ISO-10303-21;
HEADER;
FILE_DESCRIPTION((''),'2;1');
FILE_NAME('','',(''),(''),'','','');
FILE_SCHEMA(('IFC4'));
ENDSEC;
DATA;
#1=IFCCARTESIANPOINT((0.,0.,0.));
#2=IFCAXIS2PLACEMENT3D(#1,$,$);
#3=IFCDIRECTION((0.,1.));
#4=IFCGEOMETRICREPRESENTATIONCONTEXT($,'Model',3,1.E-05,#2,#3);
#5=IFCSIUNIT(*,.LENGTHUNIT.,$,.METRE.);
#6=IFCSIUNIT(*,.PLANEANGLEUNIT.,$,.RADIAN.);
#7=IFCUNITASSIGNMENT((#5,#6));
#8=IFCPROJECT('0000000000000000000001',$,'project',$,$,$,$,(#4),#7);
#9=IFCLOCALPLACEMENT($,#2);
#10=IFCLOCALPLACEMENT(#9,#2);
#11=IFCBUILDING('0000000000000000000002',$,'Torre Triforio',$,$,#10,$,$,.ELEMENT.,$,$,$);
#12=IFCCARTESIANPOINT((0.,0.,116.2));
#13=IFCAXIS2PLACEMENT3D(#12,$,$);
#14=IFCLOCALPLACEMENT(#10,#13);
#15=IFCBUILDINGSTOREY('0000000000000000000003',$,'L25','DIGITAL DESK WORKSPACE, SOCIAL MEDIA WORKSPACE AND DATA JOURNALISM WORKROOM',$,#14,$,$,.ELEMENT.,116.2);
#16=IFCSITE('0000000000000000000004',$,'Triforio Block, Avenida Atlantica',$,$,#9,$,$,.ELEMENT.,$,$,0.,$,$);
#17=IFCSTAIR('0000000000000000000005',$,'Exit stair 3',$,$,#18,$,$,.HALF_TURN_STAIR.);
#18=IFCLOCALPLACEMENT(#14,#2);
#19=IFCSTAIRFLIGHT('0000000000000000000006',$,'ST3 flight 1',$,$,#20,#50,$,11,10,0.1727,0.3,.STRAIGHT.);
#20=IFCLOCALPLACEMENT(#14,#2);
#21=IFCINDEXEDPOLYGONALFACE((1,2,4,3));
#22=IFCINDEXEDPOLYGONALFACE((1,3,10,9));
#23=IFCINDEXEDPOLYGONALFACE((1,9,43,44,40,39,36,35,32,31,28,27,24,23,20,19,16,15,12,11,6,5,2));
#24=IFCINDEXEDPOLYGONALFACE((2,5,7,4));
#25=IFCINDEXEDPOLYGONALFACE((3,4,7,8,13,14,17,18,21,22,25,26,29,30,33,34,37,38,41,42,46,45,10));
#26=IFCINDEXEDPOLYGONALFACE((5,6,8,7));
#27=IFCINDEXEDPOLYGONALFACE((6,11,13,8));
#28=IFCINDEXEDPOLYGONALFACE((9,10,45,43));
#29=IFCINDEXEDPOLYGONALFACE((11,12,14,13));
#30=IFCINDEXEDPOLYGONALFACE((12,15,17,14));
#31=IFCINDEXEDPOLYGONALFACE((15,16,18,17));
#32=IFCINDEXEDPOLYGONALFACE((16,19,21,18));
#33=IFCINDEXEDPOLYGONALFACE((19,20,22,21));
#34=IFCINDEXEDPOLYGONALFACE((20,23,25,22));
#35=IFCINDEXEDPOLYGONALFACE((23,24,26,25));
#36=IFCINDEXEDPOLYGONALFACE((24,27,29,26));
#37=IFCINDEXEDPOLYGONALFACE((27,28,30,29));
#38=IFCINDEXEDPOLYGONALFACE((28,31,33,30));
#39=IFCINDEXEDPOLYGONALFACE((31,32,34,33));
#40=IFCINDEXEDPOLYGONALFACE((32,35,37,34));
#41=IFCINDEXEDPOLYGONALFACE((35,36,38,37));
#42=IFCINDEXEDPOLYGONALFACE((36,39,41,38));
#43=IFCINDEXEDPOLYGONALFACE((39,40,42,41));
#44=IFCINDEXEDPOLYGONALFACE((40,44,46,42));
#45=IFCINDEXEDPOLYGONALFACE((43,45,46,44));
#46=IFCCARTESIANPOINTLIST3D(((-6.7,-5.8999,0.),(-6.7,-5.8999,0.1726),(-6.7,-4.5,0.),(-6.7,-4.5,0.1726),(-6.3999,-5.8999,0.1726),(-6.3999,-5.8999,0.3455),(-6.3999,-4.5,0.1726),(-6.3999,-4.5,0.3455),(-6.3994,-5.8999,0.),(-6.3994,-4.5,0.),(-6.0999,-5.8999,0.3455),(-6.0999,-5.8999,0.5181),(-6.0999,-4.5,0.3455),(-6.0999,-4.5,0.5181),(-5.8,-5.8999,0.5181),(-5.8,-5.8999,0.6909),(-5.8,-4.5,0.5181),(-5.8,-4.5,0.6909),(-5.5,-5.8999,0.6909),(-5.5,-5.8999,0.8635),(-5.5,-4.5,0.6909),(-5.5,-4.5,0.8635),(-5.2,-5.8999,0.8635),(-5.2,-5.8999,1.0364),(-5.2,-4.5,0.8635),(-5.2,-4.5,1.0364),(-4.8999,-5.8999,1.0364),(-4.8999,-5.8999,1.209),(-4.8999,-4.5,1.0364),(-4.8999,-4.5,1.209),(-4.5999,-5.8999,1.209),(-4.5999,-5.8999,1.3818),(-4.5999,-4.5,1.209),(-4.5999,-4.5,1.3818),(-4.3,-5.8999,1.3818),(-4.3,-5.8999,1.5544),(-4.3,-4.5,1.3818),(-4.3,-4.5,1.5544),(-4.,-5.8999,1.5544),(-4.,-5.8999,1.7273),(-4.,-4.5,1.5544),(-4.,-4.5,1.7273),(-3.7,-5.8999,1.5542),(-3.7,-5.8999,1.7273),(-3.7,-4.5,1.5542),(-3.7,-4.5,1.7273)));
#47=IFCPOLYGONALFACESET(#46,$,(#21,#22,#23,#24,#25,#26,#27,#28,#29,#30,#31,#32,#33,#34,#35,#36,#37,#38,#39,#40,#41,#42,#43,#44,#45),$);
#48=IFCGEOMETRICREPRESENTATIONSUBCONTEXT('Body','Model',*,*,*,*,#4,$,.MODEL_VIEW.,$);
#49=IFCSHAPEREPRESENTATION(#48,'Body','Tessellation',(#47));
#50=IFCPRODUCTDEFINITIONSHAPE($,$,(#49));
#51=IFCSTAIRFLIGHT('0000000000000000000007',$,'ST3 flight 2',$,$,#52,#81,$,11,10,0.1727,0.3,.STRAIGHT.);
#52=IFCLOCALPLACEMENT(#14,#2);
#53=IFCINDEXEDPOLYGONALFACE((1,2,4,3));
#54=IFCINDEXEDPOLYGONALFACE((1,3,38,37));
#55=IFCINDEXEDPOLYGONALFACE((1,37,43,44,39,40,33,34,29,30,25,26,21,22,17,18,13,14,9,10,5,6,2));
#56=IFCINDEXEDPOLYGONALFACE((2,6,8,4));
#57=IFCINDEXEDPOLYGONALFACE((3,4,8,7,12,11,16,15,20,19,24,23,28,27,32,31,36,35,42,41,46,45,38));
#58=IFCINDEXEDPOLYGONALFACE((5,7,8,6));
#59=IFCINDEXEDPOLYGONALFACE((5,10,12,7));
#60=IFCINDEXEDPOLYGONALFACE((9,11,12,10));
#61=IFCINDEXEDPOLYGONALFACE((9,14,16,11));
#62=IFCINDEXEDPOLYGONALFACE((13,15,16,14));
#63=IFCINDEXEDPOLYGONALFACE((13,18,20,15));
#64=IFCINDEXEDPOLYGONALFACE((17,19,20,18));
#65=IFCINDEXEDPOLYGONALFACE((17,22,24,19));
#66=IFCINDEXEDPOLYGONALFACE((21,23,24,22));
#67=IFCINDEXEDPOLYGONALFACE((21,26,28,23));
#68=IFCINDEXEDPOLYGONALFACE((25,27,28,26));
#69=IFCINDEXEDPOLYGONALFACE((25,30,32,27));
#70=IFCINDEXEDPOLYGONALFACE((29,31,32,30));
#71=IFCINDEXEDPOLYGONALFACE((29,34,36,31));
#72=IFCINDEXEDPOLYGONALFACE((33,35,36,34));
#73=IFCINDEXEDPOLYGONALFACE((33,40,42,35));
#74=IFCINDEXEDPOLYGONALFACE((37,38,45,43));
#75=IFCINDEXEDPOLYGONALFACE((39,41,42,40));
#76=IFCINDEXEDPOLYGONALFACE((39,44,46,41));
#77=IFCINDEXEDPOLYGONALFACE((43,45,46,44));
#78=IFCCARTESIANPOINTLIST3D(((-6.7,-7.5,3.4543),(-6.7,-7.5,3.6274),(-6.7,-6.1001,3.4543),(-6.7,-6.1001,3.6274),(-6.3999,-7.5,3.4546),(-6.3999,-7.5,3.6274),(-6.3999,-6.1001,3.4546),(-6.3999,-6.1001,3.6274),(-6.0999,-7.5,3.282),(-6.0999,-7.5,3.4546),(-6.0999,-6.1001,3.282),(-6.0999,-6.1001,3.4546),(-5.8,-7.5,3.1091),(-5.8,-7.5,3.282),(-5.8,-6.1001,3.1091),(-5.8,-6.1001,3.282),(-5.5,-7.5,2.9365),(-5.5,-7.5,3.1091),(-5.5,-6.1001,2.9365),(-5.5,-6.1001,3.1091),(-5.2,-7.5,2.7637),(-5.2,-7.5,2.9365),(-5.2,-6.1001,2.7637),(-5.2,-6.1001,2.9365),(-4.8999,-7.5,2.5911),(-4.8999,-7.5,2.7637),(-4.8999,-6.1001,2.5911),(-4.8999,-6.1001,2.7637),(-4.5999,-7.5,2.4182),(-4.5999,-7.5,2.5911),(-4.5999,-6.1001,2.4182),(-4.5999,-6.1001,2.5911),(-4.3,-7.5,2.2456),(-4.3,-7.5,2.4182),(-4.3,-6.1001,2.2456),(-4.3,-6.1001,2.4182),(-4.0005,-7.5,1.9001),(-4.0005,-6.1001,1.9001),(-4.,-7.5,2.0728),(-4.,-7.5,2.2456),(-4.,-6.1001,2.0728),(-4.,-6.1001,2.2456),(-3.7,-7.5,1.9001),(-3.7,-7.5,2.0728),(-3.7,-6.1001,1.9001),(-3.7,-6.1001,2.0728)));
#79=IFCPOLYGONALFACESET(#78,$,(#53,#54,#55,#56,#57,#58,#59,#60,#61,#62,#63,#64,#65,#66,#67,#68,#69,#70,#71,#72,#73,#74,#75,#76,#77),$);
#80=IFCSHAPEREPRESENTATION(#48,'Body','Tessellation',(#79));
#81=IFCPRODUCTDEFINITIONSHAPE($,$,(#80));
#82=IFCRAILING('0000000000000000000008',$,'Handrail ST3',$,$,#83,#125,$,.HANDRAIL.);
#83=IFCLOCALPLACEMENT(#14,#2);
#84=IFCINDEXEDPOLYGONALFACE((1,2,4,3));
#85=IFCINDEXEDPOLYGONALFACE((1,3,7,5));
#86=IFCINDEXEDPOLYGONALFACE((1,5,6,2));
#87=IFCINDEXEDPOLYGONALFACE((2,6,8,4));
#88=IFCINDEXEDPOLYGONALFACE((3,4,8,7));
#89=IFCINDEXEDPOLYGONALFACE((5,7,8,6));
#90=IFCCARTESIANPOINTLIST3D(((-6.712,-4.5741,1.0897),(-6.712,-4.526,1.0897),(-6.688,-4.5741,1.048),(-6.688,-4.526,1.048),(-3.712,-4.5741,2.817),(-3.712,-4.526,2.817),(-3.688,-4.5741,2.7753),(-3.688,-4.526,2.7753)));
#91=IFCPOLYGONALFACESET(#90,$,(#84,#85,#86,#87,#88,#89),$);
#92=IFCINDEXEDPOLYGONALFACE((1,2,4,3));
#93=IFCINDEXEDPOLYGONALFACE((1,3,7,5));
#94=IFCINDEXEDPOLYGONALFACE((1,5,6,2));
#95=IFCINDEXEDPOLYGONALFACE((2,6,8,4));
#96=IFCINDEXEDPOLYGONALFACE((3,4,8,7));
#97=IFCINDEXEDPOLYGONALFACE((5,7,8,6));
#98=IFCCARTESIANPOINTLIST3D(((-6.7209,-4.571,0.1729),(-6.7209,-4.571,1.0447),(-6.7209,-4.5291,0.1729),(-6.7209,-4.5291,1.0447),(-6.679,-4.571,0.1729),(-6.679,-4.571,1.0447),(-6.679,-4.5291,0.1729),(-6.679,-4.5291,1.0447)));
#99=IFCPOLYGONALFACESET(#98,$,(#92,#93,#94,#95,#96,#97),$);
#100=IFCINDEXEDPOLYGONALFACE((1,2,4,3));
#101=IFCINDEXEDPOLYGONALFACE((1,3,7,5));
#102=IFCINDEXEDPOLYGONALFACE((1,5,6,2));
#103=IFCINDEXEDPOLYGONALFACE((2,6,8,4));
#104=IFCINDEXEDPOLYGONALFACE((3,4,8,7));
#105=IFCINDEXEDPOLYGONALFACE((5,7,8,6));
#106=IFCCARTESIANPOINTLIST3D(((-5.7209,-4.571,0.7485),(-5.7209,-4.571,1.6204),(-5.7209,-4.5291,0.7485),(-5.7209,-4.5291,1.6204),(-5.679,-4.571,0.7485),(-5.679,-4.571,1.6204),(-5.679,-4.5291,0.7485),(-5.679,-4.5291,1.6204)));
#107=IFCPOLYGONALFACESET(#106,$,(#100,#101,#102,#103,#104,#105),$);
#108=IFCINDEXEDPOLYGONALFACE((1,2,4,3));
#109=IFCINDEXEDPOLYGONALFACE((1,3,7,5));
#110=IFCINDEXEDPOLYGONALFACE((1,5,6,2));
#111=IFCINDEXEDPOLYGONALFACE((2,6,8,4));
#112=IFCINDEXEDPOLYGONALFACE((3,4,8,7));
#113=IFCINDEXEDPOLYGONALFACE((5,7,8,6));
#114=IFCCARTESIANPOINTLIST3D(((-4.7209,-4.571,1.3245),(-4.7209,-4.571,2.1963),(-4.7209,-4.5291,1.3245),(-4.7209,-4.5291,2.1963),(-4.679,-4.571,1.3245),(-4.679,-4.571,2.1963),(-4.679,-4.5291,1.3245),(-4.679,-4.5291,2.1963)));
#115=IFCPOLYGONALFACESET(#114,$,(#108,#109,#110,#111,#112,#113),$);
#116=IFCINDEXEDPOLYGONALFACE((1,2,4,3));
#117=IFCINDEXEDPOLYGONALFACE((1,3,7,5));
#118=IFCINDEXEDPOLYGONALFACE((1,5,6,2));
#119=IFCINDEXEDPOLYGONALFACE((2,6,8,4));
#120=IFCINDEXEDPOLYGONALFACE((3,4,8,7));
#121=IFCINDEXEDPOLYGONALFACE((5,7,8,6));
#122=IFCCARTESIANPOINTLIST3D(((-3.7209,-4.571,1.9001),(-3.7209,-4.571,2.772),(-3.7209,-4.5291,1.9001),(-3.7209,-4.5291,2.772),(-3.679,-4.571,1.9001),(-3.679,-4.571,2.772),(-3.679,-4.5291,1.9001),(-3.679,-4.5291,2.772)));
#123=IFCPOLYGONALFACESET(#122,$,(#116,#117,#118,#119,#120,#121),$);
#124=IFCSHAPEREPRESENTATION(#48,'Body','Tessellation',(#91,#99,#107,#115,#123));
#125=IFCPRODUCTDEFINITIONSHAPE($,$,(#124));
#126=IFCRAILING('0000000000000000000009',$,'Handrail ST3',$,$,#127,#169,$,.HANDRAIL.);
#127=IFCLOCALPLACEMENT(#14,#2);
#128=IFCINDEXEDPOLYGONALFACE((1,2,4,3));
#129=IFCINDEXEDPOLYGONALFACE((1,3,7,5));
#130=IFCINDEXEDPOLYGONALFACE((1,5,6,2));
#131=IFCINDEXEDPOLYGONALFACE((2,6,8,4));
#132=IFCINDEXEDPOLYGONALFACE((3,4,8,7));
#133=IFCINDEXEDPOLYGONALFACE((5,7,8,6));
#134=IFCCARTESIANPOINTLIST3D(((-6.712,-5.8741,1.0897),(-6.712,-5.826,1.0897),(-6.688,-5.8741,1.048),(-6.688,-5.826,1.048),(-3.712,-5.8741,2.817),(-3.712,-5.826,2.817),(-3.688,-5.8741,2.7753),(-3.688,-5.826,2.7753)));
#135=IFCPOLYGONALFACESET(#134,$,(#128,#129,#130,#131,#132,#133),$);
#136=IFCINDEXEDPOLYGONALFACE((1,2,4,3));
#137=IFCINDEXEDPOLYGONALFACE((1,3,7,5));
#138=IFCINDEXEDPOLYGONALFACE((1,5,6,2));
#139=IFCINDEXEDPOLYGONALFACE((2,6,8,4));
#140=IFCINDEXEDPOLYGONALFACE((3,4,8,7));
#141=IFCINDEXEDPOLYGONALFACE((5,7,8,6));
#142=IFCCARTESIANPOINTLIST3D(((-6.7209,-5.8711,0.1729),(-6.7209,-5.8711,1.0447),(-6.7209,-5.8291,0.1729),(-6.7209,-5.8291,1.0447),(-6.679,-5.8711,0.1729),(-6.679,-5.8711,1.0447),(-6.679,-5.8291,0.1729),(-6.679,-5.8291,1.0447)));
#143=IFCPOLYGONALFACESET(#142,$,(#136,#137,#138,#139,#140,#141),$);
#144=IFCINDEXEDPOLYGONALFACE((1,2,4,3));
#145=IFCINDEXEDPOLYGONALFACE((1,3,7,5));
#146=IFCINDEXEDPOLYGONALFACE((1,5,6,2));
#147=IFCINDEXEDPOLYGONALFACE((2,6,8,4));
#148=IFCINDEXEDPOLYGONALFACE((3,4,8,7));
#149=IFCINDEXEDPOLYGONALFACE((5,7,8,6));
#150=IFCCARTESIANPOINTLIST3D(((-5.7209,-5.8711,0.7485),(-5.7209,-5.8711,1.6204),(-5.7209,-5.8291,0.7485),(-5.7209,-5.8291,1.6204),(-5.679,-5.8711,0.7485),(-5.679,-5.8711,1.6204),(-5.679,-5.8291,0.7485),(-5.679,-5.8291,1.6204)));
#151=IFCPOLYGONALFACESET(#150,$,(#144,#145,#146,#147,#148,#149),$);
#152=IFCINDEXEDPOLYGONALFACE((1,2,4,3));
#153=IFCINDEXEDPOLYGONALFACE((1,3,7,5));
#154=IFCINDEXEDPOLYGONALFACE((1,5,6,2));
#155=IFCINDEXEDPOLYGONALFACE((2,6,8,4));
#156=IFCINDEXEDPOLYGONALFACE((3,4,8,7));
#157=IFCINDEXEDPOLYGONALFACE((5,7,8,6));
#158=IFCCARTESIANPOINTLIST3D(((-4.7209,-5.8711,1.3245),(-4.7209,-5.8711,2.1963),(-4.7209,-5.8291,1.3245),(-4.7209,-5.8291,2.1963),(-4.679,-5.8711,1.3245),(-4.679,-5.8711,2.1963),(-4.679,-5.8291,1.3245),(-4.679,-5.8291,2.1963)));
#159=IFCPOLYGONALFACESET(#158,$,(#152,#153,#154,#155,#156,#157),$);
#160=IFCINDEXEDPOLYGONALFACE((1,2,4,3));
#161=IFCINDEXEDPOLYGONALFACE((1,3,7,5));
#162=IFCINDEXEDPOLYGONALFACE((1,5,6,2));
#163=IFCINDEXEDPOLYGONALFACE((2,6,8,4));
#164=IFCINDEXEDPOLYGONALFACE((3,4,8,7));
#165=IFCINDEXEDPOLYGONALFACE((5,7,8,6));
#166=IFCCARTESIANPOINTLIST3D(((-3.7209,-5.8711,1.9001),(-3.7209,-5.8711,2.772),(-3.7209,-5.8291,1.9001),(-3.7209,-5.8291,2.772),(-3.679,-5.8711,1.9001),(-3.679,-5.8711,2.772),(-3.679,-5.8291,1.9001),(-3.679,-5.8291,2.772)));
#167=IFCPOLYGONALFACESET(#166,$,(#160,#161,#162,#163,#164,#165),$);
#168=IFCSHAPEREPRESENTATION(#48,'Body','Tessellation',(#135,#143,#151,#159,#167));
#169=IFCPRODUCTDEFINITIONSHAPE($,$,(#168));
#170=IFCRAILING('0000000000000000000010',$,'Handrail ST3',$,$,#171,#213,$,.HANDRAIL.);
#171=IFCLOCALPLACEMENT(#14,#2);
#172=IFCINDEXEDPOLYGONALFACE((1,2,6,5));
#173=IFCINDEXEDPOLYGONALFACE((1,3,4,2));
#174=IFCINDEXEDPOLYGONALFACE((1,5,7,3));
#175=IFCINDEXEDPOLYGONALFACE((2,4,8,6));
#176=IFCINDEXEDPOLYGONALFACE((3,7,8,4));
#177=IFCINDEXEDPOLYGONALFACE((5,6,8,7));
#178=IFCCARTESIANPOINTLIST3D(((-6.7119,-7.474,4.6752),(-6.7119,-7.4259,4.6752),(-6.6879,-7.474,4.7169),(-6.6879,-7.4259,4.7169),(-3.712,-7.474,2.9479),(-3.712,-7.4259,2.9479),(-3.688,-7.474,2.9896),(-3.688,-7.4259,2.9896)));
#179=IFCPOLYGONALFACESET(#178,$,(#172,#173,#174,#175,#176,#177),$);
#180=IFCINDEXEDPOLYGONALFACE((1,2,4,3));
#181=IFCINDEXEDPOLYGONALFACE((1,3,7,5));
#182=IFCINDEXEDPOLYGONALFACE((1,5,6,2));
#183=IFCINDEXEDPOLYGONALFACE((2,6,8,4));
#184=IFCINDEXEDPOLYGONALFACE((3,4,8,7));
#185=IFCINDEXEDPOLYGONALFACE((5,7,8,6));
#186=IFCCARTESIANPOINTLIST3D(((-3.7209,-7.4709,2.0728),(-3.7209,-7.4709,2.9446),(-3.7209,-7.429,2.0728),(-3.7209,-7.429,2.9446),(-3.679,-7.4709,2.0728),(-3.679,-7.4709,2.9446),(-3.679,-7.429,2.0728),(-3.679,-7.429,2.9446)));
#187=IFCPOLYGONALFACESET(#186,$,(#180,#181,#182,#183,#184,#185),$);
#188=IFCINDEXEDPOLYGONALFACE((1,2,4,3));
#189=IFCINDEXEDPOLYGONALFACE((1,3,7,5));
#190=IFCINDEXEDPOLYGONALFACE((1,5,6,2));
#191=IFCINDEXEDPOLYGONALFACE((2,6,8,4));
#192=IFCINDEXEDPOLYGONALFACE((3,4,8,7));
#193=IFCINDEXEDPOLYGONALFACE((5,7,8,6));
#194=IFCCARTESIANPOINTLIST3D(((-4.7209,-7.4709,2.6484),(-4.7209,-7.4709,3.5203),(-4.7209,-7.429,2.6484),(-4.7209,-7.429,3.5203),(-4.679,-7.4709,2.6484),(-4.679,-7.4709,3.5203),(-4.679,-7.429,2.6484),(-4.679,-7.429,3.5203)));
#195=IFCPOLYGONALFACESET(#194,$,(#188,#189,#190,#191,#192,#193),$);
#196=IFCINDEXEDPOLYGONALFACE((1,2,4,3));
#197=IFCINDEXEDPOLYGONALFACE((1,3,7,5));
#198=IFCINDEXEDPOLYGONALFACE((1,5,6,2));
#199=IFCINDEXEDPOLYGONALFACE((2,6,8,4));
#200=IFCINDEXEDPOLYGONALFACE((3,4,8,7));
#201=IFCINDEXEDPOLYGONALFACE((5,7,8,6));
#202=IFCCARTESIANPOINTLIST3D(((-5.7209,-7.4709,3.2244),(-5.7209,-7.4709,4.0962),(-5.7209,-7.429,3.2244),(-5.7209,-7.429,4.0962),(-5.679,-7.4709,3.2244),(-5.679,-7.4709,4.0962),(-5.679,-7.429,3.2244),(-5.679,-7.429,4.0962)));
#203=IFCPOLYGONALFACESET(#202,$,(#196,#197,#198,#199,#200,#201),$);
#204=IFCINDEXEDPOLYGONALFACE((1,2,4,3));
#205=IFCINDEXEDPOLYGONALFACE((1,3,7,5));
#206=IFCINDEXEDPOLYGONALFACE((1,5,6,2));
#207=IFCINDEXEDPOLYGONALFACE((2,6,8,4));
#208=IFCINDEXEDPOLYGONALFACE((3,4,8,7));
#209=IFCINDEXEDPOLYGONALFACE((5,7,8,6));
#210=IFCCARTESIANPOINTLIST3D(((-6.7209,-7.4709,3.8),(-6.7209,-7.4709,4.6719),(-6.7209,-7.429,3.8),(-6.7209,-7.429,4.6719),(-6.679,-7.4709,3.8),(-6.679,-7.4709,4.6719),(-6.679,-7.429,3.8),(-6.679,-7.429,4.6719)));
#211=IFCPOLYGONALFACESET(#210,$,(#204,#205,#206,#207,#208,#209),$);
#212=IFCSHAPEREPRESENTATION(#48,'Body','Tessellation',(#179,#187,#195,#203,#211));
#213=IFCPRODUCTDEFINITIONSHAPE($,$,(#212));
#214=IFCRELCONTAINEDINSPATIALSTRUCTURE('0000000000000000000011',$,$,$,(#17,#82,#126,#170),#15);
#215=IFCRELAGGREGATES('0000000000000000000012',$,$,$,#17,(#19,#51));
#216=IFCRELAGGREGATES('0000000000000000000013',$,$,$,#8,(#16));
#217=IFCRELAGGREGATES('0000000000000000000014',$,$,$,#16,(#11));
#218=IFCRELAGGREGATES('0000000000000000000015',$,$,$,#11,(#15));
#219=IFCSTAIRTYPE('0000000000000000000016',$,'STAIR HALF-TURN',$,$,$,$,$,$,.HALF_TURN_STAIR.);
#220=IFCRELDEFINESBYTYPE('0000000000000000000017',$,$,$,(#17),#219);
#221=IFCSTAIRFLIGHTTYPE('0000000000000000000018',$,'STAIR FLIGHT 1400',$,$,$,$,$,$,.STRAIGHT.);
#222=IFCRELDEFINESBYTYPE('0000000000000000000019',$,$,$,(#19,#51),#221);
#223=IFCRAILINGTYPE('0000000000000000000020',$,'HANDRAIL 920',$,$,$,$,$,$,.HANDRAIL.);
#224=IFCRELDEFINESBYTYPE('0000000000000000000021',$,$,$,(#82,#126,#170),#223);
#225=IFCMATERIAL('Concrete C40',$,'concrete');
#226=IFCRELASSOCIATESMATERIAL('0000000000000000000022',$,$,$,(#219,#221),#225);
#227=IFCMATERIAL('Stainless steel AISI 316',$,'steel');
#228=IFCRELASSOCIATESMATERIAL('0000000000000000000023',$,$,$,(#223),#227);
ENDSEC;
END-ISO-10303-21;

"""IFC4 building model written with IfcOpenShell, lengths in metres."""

from ifc_helpers import new_model, si_unit, direction, frame, origin, origin_2d, place, context, subcontext, project, spatial, polyline, rectangle, outline, extrude, material, type_object, element, aggregate, save


model = new_model("IFC4")

# Units and contexts
model_context = context("Model", 3, precision=1e-05, world=origin(), true_north=direction((0.0, 1.0)))
body_context = subcontext(model_context, "Body", "Model", "MODEL_VIEW")
ifc_project = project(units=[si_unit("LENGTHUNIT", "METRE"), si_unit("PLANEANGLEUNIT", "RADIAN")], contexts=[model_context])

# Site, building, storey
site_placement = place(None, origin())
site = spatial("IfcSite", under=ifc_project, at=site_placement, Name="Triforio Block, Avenida Atlantica", CompositionType="ELEMENT", RefElevation=0.0)
building_placement = place(site_placement, origin())
building = spatial("IfcBuilding", under=site, at=building_placement, Name="Torre Triforio", CompositionType="ELEMENT")
storey_placement = place(building_placement, frame((0.0, 0.0, 116.2)))
storey = spatial("IfcBuildingStorey", under=building, at=storey_placement, Name="L25", Description="DIGITAL DESK WORKSPACE, SOCIAL MEDIA WORKSPACE AND DATA JOURNALISM WORKROOM", CompositionType="ELEMENT", Elevation=116.2)

# Stair, stair flights
ifc_material_1 = material(Name="Concrete C40", Category="concrete")
stair_type = type_object("IfcStairType", Name="STAIR HALF-TURN", PredefinedType="HALF_TURN_STAIR", material=ifc_material_1)
stair_placement = place(storey_placement, origin())
stair = element("IfcStair", 1, at=stair_placement, inside=storey, type_object=stair_type, Name="Exit stair 3", PredefinedType="HALF_TURN_STAIR")
stair_flight_type = type_object("IfcStairFlightType", Name="STAIR FLIGHT 1400", PredefinedType="STRAIGHT", material=ifc_material_1)
stair_flight_1_placement = place(storey_placement, frame((-6.7, -5.2, 0.0), z_axis=(0.0, 0.0, 1.0), x_axis=(1.0, 0.0, 0.0)))
stair_flight_1 = element("IfcStairFlight", 2, at=stair_flight_1_placement, type_object=stair_flight_type, Name="ST3 flight 1", NumberOfRisers=11, NumberOfTreads=10, PredefinedType="STRAIGHT", RiserHeight=0.1727, TreadLength=0.3, context=body_context, shape_type="SweptSolid", body=[
    extrude(outline(polyline([(0.0, 0.0), (0.0, 0.1726), (0.3, 0.1726), (0.3, 0.3455), (0.6001, 0.3455), (0.6001, 0.5181), (0.8999, 0.5181), (0.8999, 0.6909), (1.2, 0.6909), (1.2, 0.8635), (1.5, 0.8635), (1.5, 1.0364), (1.8, 1.0364), (1.8, 1.209), (2.1001, 1.209), (2.1001, 1.3818), (2.3999, 1.3818), (2.3999, 1.5544), (2.7, 1.5544), (2.7, 1.7273), (3.0, 1.7273), (3.0, 1.8999), (3.0, 1.5542), (0.3005, 0.0), (0.0, 0.0)])), frame((0.0, 0.7, 0.0), z_axis=(0.0, -1.0, 0.0), x_axis=(1.0, 0.0, 0.0)), (0.0, 0.0, 1.0), 1.3999),
])
stair_flight_2_placement = place(storey_placement, frame((-3.7, -6.8, 1.9001), z_axis=(0.0, 0.0, 1.0), x_axis=(-1.0, 0.0, 0.0)))
stair_flight_2 = element("IfcStairFlight", 3, at=stair_flight_2_placement, type_object=stair_flight_type, Name="ST3 flight 2", NumberOfRisers=11, NumberOfTreads=10, PredefinedType="STRAIGHT", RiserHeight=0.1727, TreadLength=0.3, context=body_context, shape_type="SweptSolid", body=[
    extrude(outline(polyline([(0.0, 0.0), (0.0, 0.1726), (0.3, 0.1726), (0.3, 0.3455), (0.6001, 0.3455), (0.6001, 0.5181), (0.8999, 0.5181), (0.8999, 0.6909), (1.2, 0.6909), (1.2, 0.8635), (1.5, 0.8635), (1.5, 1.0364), (1.8, 1.0364), (1.8, 1.209), (2.1001, 1.209), (2.1001, 1.3818), (2.3999, 1.3818), (2.3999, 1.5544), (2.7, 1.5544), (2.7, 1.7273), (3.0, 1.7273), (3.0, 1.8999), (3.0, 1.5542), (0.3005, 0.0), (0.0, 0.0)])), frame((0.0, 0.7, 0.0), z_axis=(0.0, -1.0, 0.0), x_axis=(1.0, 0.0, 0.0)), (0.0, 0.0, 1.0), 1.3999),
])
aggregate(stair, [stair_flight_1, stair_flight_2])

# Railings
ifc_material_2 = material(Name="Stainless steel AISI 316", Category="steel")
railing_type = type_object("IfcRailingType", Name="HANDRAIL 920", PredefinedType="HANDRAIL", material=ifc_material_2)
for number, where, name in (
    (4, (-6.7, -4.55, 0.1729), "Handrail ST3"),
    (5, (-6.7, -5.8501, 0.1729), "Handrail ST3"),
):
    element("IfcRailing", number, at=place(storey_placement, frame(where)), inside=storey, type_object=railing_type, Name=name, PredefinedType="HANDRAIL", context=body_context, shape_type="SweptSolid", body=[
        extrude(rectangle(XDim=0.0481, YDim=0.0481, at=origin_2d()), frame((0.0, 0.0, 0.896), z_axis=(0.86662, 0.0, 0.498969), x_axis=(0.0, 1.0, 0.0)), (0.0, 0.0, 1.0), 3.4617),
        extrude(rectangle(XDim=0.042, YDim=0.042, at=origin_2d()), origin(), (0.0, 0.0, 1.0), 0.8718),
        extrude(rectangle(XDim=0.042, YDim=0.042, at=origin_2d()), frame((1.0, 0.0, 0.5757)), (0.0, 0.0, 1.0), 0.8718),
        extrude(rectangle(XDim=0.042, YDim=0.042, at=origin_2d()), frame((2.0, 0.0, 1.1516)), (0.0, 0.0, 1.0), 0.8718),
        extrude(rectangle(XDim=0.042, YDim=0.042, at=origin_2d()), frame((3.0, 0.0, 1.7273)), (0.0, 0.0, 1.0), 0.8718),
    ])
for number, where, name in (
    (6, (-3.7, -7.45, 2.0728), "Handrail ST3"),
):
    element("IfcRailing", number, at=place(storey_placement, frame(where)), inside=storey, type_object=railing_type, Name=name, PredefinedType="HANDRAIL", context=body_context, shape_type="SweptSolid", body=[
        extrude(rectangle(XDim=0.0481, YDim=0.0481, at=origin_2d()), frame((0.0, 0.0, 0.896), z_axis=(-0.86662, 0.0, 0.498969), x_axis=(0.0, -1.0, 0.0)), (0.0, 0.0, 1.0), 3.4617),
        extrude(rectangle(XDim=0.042, YDim=0.042, at=origin_2d()), origin(), (0.0, 0.0, 1.0), 0.8718),
        extrude(rectangle(XDim=0.042, YDim=0.042, at=origin_2d()), frame((-1.0, 0.0, 0.5757)), (0.0, 0.0, 1.0), 0.8718),
        extrude(rectangle(XDim=0.042, YDim=0.042, at=origin_2d()), frame((-2.0, 0.0, 1.1516)), (0.0, 0.0, 1.0), 0.8718),
        extrude(rectangle(XDim=0.042, YDim=0.042, at=origin_2d()), frame((-3.0, 0.0, 1.7273)), (0.0, 0.0, 1.0), 0.8718),
    ])

save(model, "model.ifc")
